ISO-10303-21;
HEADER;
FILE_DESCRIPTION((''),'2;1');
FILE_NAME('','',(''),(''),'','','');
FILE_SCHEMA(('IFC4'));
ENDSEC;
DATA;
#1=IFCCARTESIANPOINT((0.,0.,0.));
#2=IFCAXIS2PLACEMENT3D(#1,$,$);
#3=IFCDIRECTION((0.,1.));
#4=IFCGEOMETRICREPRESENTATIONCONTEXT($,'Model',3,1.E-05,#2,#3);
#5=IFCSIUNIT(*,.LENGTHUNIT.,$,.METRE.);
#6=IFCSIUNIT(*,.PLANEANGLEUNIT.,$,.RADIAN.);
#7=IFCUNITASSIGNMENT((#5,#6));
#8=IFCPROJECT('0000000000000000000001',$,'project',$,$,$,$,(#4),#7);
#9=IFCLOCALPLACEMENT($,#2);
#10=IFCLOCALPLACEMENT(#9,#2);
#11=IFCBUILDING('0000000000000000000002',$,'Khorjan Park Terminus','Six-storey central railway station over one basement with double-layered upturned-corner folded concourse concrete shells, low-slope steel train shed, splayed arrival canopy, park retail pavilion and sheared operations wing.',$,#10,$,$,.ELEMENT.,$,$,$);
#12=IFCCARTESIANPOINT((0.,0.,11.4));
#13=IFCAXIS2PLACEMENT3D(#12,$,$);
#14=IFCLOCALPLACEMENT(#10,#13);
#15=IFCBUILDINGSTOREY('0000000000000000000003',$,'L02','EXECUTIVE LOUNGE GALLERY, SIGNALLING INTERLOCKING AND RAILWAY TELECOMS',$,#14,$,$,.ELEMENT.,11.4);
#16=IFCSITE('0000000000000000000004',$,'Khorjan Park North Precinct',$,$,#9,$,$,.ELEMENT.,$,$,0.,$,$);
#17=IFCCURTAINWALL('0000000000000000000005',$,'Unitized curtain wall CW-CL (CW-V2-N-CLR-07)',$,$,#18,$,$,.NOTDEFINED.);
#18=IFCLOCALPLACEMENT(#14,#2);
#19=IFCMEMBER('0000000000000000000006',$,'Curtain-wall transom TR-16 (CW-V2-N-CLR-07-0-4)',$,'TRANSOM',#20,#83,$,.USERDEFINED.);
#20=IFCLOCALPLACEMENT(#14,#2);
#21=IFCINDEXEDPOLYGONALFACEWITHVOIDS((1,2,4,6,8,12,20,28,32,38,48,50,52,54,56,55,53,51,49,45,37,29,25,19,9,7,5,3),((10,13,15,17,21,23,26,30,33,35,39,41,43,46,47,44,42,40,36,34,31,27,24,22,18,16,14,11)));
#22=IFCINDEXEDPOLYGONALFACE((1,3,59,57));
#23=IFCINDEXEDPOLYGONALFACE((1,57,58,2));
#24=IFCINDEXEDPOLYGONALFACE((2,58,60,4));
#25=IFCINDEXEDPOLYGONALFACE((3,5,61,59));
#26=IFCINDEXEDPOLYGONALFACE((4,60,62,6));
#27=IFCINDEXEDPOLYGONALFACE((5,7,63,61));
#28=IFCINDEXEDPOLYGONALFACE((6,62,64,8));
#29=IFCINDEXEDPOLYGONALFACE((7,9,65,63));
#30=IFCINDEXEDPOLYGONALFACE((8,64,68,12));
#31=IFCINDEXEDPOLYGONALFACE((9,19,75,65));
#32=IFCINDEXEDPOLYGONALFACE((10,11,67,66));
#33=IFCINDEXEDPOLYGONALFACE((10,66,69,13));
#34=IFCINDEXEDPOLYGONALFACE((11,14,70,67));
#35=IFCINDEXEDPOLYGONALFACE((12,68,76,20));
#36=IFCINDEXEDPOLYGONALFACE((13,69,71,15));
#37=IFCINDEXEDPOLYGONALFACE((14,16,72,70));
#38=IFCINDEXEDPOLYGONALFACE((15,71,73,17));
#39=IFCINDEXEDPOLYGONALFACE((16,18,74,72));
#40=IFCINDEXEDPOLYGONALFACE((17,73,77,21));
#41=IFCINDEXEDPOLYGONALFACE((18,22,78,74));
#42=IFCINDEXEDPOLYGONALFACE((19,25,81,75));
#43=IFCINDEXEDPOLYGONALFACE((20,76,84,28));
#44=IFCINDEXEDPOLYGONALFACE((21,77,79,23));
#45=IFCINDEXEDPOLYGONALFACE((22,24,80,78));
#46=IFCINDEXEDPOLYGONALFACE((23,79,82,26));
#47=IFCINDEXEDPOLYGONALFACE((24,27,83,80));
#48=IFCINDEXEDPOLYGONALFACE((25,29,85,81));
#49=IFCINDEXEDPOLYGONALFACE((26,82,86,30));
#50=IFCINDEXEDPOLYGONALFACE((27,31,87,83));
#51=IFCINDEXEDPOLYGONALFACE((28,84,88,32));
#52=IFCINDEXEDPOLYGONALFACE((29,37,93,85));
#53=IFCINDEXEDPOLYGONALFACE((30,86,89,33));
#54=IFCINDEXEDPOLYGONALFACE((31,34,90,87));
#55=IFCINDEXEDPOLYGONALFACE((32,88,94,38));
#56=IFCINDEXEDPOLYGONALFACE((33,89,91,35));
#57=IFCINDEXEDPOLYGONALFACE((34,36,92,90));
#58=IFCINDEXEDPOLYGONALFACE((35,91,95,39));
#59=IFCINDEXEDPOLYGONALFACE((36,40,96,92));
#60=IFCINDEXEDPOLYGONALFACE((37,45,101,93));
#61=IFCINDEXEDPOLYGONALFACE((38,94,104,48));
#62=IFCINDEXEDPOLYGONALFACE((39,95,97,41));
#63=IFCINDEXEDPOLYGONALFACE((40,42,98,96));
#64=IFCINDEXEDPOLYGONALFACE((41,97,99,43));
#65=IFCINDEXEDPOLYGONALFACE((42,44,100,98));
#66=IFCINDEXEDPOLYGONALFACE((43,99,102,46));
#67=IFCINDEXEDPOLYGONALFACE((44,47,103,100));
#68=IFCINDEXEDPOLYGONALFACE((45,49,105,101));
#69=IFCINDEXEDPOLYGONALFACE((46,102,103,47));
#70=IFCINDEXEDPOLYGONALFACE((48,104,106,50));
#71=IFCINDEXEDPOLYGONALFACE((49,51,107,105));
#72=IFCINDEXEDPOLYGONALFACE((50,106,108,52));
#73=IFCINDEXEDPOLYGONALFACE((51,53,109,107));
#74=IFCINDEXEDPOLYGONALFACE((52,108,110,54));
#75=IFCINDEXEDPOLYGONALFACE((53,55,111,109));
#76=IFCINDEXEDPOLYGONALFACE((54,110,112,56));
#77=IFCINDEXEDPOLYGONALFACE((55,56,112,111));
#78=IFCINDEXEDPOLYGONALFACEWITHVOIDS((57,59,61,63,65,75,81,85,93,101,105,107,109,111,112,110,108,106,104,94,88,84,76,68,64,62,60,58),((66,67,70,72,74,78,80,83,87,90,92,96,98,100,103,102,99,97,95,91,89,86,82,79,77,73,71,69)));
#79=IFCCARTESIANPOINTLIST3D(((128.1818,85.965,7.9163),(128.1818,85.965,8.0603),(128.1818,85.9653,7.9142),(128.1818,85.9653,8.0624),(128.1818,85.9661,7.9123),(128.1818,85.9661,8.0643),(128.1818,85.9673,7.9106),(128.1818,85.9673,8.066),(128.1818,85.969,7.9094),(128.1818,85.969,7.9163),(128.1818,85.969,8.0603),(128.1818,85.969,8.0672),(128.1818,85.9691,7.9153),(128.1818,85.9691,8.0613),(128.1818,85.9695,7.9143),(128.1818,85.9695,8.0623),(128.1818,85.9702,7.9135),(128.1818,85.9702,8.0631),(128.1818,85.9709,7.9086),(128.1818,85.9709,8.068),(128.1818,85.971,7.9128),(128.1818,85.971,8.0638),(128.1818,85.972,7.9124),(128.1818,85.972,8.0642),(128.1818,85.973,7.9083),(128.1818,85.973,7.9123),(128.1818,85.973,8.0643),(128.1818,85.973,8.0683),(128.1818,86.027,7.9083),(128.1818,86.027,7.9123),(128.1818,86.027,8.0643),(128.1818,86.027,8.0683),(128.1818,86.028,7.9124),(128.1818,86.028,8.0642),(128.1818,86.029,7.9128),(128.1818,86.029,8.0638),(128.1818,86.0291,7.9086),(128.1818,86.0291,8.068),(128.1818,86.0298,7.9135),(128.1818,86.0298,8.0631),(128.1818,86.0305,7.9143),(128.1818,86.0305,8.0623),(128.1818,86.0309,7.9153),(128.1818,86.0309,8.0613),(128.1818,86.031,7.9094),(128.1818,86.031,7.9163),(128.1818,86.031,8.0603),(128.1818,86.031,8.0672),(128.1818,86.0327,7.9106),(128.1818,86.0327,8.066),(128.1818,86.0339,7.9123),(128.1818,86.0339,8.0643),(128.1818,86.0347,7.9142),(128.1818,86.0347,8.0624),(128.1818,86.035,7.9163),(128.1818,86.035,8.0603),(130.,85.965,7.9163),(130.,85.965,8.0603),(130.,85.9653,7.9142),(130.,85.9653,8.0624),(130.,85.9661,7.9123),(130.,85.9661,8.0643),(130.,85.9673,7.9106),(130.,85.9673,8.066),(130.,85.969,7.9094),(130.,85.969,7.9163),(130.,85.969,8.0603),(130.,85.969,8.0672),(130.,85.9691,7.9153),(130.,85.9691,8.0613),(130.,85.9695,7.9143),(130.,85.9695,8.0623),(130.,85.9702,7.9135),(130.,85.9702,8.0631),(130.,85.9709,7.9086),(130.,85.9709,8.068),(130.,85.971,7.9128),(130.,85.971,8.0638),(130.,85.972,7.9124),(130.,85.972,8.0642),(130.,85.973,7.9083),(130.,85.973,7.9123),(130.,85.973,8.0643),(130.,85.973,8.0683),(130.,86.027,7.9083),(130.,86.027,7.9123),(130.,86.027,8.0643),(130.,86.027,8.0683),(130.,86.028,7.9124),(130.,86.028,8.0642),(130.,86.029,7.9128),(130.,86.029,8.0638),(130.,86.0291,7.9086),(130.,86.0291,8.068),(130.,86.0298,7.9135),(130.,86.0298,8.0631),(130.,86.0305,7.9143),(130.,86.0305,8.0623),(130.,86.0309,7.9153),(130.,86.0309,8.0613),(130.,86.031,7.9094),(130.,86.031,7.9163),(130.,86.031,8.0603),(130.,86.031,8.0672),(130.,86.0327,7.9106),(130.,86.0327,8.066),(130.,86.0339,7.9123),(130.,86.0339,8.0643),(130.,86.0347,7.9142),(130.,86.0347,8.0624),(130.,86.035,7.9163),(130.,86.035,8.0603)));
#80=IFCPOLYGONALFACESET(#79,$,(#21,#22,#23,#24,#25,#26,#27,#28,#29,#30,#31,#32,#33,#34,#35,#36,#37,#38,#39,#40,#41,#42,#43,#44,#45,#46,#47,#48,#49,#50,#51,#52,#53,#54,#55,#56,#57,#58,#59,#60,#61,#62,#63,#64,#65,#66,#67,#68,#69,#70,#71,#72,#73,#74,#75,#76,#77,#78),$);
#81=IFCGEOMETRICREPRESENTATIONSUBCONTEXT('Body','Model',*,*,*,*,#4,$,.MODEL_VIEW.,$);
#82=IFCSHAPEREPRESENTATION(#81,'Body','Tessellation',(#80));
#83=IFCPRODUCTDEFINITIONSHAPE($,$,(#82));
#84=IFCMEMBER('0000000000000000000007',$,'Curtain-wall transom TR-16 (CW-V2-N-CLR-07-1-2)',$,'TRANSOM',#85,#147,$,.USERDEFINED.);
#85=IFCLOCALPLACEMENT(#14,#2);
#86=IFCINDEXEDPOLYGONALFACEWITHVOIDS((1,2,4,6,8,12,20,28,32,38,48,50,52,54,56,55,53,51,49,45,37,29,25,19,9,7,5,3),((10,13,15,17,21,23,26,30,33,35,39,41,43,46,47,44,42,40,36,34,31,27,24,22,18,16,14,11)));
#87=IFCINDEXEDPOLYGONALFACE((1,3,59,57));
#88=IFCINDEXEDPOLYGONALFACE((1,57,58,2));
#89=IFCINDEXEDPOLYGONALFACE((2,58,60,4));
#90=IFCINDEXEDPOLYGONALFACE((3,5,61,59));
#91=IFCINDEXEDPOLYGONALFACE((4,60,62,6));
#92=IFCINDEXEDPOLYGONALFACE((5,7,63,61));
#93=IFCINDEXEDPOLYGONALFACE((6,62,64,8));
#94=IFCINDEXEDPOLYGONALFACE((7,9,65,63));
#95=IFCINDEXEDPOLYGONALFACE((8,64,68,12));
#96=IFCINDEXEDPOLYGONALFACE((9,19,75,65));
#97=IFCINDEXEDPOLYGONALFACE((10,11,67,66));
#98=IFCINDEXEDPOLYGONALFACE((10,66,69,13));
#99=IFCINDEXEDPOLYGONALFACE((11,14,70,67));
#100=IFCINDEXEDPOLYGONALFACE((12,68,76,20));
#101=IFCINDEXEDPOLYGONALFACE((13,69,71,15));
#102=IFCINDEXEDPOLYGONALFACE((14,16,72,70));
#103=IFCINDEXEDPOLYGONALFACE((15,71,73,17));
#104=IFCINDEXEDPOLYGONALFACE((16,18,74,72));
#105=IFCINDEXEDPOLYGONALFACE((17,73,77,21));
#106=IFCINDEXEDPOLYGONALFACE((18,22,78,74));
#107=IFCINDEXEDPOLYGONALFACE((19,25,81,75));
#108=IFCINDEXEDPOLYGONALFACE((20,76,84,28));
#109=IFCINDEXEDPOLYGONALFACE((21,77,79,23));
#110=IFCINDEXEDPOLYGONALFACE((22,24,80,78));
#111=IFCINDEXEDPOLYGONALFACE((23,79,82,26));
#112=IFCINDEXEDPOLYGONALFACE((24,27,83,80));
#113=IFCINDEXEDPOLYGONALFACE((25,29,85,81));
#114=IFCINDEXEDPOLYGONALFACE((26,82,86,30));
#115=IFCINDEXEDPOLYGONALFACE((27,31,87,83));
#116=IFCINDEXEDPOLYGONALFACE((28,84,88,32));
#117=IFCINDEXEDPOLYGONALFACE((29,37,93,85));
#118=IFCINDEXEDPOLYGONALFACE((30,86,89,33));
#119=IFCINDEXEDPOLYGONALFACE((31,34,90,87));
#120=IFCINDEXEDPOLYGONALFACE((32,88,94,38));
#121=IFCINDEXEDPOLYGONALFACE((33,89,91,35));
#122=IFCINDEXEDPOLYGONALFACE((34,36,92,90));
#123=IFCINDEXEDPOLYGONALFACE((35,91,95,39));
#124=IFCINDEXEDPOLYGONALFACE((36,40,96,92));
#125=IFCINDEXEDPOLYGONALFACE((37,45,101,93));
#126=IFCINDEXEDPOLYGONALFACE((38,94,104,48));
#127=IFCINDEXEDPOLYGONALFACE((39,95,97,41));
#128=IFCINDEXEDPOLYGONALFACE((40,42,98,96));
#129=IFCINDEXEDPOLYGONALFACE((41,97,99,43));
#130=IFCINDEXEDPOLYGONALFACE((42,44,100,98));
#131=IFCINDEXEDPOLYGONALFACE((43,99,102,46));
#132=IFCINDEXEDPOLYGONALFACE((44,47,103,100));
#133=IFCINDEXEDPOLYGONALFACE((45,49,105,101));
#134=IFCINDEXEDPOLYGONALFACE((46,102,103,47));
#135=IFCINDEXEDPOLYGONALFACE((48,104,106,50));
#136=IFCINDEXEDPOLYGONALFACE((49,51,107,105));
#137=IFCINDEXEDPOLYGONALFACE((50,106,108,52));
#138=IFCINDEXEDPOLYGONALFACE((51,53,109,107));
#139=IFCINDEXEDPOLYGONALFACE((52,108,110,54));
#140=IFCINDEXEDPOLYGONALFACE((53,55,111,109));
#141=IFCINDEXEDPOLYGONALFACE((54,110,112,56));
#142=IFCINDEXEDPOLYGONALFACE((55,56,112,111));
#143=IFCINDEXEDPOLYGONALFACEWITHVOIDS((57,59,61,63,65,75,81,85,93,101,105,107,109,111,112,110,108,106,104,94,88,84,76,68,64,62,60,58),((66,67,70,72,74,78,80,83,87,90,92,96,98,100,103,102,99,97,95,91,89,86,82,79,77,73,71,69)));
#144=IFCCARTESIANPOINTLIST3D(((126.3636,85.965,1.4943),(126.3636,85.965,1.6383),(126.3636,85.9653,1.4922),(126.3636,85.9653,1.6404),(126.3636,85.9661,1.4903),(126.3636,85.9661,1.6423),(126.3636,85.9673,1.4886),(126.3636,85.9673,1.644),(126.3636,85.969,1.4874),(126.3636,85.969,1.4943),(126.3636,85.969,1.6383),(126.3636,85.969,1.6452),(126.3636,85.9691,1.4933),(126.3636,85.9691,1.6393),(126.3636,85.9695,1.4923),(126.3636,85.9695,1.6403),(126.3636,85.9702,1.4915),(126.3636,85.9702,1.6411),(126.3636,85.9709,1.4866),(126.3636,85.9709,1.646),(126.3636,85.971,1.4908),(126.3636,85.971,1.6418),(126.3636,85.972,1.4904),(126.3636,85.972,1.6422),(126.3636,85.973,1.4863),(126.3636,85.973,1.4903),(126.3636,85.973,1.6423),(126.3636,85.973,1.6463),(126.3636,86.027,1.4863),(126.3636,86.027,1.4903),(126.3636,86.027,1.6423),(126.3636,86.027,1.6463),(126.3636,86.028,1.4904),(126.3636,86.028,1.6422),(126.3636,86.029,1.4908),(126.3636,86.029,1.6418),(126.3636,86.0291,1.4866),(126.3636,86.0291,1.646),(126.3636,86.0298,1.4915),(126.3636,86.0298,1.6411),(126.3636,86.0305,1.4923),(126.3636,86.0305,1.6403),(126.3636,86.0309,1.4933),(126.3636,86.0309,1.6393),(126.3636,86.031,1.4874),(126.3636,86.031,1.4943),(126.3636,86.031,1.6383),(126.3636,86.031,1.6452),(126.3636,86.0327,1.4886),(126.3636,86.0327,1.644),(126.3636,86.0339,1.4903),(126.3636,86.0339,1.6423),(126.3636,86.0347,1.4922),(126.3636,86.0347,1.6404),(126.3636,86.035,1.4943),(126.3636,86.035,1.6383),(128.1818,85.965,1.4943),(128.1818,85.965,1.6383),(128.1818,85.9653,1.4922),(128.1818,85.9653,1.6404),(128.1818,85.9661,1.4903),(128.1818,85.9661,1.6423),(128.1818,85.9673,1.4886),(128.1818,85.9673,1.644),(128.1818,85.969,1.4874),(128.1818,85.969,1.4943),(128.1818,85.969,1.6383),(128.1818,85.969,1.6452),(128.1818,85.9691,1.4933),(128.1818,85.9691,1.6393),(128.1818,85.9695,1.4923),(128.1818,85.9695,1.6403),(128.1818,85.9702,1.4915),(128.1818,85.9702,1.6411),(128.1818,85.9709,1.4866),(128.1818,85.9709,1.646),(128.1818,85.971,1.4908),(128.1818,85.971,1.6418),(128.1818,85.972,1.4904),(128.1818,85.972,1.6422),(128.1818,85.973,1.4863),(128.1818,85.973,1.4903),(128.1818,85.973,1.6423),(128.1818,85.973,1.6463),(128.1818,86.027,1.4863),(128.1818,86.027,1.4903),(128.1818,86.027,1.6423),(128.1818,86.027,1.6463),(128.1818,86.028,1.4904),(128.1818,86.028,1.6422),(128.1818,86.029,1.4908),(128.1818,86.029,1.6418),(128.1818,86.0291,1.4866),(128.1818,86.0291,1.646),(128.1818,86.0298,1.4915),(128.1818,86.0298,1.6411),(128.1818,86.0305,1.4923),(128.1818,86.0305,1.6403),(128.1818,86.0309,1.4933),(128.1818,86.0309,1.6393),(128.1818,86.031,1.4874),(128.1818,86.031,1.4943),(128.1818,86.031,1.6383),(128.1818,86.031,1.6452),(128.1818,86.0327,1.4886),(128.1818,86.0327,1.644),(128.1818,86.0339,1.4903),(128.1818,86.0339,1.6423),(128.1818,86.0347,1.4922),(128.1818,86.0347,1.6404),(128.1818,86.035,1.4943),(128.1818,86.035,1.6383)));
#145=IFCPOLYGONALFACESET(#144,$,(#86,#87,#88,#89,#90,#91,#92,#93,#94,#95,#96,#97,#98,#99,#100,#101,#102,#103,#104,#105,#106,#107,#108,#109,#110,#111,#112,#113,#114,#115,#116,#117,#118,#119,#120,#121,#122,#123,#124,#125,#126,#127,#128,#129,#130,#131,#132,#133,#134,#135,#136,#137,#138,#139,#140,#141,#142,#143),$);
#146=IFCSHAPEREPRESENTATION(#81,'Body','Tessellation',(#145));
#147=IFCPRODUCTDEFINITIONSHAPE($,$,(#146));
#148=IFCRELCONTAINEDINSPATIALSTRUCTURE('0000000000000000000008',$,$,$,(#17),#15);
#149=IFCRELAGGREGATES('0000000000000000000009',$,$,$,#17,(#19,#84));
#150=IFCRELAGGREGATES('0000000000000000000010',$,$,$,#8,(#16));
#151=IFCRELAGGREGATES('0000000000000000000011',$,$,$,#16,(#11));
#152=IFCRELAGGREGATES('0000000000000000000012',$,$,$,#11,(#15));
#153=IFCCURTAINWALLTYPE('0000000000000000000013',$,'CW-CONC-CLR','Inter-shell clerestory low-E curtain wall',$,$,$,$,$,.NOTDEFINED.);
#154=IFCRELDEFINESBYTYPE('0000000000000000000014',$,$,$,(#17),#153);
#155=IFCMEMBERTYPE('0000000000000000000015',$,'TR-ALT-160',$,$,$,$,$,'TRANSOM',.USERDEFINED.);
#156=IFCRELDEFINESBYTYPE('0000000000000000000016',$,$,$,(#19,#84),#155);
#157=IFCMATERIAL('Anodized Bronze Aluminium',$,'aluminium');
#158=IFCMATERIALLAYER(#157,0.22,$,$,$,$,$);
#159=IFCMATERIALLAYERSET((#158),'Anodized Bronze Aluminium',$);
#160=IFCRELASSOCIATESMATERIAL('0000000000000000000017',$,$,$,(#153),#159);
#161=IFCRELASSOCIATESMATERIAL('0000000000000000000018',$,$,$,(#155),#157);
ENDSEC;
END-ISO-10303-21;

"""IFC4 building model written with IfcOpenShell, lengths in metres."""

from ifc_helpers import new_model, si_unit, direction, frame, origin, origin_2d, place, context, subcontext, project, spatial, hollow_rectangle, extrude, material, layer, layer_set, material_profile, profile_set, type_object, element, aggregate, save


model = new_model("IFC4")

# Units and contexts
model_context = context("Model", 3, precision=1e-05, world=origin(), true_north=direction((0.0, 1.0)))
body_context = subcontext(model_context, "Body", "Model", "MODEL_VIEW")
ifc_project = project(units=[si_unit("LENGTHUNIT", "METRE"), si_unit("PLANEANGLEUNIT", "RADIAN")], contexts=[model_context])

# Site, building, storey
site_placement = place(None, origin())
site = spatial("IfcSite", under=ifc_project, at=site_placement, Name="Khorjan Park North Precinct", CompositionType="ELEMENT", RefElevation=0.0)
building_placement = place(site_placement, origin())
building = spatial("IfcBuilding", under=site, at=building_placement, Name="Khorjan Park Terminus", Description="Six-storey central railway station over one basement with double-layered upturned-corner folded concourse concrete shells, low-slope steel train shed, splayed arrival canopy, park retail pavilion and sheared operations wing.", CompositionType="ELEMENT")
storey_placement = place(building_placement, frame((0.0, 0.0, 11.4)))
storey = spatial("IfcBuildingStorey", under=building, at=storey_placement, Name="L02", Description="EXECUTIVE LOUNGE GALLERY, SIGNALLING INTERLOCKING AND RAILWAY TELECOMS", CompositionType="ELEMENT", Elevation=11.4)

# Shared definitions
ifc_material_1 = material(Name="Anodized Bronze Aluminium", Category="aluminium")
ifc_layer_1 = layer(ifc_material_1, 0.22)
ifc_layer_set_1 = layer_set([ifc_layer_1], Name="Anodized Bronze Aluminium")
curtain_wall_type = type_object("IfcCurtainWallType", Name="CW-CONC-CLR", Description="Inter-shell clerestory low-E curtain wall", PredefinedType="NOTDEFINED", material=ifc_layer_set_1)

# Curtain wall, members
curtain_wall_1_placement = place(storey_placement, origin())
curtain_wall_1 = element("IfcCurtainWall", 1, at=curtain_wall_1_placement, inside=storey, type_object=curtain_wall_type, Name="Unitized curtain wall CW-CL (CW-V2-N-CLR-07)", PredefinedType="NOTDEFINED")
ifc_material_profile_1 = material_profile(ifc_material_1, hollow_rectangle(XDim=0.07, YDim=0.16, WallThickness=0.004, InnerFilletRadius=0.004, OuterFilletRadius=0.008, at=origin_2d()), Name="ALT 70x160x4")
ifc_profile_set_1 = profile_set([ifc_material_profile_1], Name="Anodized Bronze Aluminium")
member_type_1 = type_object("IfcMemberType", Name="TR-ALT-160", ElementType="TRANSOM", PredefinedType="USERDEFINED", material=ifc_profile_set_1)
member_1_placement = place(storey_placement, frame((130.0, 86.0, 7.9883), z_axis=(-1.0, 0.0, 0.0), x_axis=(0.0, -1.0, 0.0)))
member_1 = element("IfcMember", 2, at=member_1_placement, type_object=member_type_1, Name="Curtain-wall transom TR-16 (CW-V2-N-CLR-07-0-4)", ObjectType="TRANSOM", PredefinedType="USERDEFINED", context=body_context, shape_type="SweptSolid", body=[
    extrude(hollow_rectangle(XDim=0.07, YDim=0.16, WallThickness=0.004, InnerFilletRadius=0.004, OuterFilletRadius=0.008, at=origin_2d()), origin(), (0.0, 0.0, 1.0), 1.8182),
])
member_2_placement = place(storey_placement, frame((128.1818, 86.0, 1.5663), z_axis=(-1.0, 0.0, 0.0), x_axis=(0.0, -1.0, 0.0)))
member_2 = element("IfcMember", 3, at=member_2_placement, type_object=member_type_1, Name="Curtain-wall transom TR-16 (CW-V2-N-CLR-07-1-2)", ObjectType="TRANSOM", PredefinedType="USERDEFINED", context=body_context, shape_type="SweptSolid", body=[
    extrude(hollow_rectangle(XDim=0.07, YDim=0.16, WallThickness=0.004, InnerFilletRadius=0.004, OuterFilletRadius=0.008, at=origin_2d()), origin(), (0.0, 0.0, 1.0), 1.8182),
])

aggregate(curtain_wall_1, [member_1, member_2])

save(model, "model.ifc")
